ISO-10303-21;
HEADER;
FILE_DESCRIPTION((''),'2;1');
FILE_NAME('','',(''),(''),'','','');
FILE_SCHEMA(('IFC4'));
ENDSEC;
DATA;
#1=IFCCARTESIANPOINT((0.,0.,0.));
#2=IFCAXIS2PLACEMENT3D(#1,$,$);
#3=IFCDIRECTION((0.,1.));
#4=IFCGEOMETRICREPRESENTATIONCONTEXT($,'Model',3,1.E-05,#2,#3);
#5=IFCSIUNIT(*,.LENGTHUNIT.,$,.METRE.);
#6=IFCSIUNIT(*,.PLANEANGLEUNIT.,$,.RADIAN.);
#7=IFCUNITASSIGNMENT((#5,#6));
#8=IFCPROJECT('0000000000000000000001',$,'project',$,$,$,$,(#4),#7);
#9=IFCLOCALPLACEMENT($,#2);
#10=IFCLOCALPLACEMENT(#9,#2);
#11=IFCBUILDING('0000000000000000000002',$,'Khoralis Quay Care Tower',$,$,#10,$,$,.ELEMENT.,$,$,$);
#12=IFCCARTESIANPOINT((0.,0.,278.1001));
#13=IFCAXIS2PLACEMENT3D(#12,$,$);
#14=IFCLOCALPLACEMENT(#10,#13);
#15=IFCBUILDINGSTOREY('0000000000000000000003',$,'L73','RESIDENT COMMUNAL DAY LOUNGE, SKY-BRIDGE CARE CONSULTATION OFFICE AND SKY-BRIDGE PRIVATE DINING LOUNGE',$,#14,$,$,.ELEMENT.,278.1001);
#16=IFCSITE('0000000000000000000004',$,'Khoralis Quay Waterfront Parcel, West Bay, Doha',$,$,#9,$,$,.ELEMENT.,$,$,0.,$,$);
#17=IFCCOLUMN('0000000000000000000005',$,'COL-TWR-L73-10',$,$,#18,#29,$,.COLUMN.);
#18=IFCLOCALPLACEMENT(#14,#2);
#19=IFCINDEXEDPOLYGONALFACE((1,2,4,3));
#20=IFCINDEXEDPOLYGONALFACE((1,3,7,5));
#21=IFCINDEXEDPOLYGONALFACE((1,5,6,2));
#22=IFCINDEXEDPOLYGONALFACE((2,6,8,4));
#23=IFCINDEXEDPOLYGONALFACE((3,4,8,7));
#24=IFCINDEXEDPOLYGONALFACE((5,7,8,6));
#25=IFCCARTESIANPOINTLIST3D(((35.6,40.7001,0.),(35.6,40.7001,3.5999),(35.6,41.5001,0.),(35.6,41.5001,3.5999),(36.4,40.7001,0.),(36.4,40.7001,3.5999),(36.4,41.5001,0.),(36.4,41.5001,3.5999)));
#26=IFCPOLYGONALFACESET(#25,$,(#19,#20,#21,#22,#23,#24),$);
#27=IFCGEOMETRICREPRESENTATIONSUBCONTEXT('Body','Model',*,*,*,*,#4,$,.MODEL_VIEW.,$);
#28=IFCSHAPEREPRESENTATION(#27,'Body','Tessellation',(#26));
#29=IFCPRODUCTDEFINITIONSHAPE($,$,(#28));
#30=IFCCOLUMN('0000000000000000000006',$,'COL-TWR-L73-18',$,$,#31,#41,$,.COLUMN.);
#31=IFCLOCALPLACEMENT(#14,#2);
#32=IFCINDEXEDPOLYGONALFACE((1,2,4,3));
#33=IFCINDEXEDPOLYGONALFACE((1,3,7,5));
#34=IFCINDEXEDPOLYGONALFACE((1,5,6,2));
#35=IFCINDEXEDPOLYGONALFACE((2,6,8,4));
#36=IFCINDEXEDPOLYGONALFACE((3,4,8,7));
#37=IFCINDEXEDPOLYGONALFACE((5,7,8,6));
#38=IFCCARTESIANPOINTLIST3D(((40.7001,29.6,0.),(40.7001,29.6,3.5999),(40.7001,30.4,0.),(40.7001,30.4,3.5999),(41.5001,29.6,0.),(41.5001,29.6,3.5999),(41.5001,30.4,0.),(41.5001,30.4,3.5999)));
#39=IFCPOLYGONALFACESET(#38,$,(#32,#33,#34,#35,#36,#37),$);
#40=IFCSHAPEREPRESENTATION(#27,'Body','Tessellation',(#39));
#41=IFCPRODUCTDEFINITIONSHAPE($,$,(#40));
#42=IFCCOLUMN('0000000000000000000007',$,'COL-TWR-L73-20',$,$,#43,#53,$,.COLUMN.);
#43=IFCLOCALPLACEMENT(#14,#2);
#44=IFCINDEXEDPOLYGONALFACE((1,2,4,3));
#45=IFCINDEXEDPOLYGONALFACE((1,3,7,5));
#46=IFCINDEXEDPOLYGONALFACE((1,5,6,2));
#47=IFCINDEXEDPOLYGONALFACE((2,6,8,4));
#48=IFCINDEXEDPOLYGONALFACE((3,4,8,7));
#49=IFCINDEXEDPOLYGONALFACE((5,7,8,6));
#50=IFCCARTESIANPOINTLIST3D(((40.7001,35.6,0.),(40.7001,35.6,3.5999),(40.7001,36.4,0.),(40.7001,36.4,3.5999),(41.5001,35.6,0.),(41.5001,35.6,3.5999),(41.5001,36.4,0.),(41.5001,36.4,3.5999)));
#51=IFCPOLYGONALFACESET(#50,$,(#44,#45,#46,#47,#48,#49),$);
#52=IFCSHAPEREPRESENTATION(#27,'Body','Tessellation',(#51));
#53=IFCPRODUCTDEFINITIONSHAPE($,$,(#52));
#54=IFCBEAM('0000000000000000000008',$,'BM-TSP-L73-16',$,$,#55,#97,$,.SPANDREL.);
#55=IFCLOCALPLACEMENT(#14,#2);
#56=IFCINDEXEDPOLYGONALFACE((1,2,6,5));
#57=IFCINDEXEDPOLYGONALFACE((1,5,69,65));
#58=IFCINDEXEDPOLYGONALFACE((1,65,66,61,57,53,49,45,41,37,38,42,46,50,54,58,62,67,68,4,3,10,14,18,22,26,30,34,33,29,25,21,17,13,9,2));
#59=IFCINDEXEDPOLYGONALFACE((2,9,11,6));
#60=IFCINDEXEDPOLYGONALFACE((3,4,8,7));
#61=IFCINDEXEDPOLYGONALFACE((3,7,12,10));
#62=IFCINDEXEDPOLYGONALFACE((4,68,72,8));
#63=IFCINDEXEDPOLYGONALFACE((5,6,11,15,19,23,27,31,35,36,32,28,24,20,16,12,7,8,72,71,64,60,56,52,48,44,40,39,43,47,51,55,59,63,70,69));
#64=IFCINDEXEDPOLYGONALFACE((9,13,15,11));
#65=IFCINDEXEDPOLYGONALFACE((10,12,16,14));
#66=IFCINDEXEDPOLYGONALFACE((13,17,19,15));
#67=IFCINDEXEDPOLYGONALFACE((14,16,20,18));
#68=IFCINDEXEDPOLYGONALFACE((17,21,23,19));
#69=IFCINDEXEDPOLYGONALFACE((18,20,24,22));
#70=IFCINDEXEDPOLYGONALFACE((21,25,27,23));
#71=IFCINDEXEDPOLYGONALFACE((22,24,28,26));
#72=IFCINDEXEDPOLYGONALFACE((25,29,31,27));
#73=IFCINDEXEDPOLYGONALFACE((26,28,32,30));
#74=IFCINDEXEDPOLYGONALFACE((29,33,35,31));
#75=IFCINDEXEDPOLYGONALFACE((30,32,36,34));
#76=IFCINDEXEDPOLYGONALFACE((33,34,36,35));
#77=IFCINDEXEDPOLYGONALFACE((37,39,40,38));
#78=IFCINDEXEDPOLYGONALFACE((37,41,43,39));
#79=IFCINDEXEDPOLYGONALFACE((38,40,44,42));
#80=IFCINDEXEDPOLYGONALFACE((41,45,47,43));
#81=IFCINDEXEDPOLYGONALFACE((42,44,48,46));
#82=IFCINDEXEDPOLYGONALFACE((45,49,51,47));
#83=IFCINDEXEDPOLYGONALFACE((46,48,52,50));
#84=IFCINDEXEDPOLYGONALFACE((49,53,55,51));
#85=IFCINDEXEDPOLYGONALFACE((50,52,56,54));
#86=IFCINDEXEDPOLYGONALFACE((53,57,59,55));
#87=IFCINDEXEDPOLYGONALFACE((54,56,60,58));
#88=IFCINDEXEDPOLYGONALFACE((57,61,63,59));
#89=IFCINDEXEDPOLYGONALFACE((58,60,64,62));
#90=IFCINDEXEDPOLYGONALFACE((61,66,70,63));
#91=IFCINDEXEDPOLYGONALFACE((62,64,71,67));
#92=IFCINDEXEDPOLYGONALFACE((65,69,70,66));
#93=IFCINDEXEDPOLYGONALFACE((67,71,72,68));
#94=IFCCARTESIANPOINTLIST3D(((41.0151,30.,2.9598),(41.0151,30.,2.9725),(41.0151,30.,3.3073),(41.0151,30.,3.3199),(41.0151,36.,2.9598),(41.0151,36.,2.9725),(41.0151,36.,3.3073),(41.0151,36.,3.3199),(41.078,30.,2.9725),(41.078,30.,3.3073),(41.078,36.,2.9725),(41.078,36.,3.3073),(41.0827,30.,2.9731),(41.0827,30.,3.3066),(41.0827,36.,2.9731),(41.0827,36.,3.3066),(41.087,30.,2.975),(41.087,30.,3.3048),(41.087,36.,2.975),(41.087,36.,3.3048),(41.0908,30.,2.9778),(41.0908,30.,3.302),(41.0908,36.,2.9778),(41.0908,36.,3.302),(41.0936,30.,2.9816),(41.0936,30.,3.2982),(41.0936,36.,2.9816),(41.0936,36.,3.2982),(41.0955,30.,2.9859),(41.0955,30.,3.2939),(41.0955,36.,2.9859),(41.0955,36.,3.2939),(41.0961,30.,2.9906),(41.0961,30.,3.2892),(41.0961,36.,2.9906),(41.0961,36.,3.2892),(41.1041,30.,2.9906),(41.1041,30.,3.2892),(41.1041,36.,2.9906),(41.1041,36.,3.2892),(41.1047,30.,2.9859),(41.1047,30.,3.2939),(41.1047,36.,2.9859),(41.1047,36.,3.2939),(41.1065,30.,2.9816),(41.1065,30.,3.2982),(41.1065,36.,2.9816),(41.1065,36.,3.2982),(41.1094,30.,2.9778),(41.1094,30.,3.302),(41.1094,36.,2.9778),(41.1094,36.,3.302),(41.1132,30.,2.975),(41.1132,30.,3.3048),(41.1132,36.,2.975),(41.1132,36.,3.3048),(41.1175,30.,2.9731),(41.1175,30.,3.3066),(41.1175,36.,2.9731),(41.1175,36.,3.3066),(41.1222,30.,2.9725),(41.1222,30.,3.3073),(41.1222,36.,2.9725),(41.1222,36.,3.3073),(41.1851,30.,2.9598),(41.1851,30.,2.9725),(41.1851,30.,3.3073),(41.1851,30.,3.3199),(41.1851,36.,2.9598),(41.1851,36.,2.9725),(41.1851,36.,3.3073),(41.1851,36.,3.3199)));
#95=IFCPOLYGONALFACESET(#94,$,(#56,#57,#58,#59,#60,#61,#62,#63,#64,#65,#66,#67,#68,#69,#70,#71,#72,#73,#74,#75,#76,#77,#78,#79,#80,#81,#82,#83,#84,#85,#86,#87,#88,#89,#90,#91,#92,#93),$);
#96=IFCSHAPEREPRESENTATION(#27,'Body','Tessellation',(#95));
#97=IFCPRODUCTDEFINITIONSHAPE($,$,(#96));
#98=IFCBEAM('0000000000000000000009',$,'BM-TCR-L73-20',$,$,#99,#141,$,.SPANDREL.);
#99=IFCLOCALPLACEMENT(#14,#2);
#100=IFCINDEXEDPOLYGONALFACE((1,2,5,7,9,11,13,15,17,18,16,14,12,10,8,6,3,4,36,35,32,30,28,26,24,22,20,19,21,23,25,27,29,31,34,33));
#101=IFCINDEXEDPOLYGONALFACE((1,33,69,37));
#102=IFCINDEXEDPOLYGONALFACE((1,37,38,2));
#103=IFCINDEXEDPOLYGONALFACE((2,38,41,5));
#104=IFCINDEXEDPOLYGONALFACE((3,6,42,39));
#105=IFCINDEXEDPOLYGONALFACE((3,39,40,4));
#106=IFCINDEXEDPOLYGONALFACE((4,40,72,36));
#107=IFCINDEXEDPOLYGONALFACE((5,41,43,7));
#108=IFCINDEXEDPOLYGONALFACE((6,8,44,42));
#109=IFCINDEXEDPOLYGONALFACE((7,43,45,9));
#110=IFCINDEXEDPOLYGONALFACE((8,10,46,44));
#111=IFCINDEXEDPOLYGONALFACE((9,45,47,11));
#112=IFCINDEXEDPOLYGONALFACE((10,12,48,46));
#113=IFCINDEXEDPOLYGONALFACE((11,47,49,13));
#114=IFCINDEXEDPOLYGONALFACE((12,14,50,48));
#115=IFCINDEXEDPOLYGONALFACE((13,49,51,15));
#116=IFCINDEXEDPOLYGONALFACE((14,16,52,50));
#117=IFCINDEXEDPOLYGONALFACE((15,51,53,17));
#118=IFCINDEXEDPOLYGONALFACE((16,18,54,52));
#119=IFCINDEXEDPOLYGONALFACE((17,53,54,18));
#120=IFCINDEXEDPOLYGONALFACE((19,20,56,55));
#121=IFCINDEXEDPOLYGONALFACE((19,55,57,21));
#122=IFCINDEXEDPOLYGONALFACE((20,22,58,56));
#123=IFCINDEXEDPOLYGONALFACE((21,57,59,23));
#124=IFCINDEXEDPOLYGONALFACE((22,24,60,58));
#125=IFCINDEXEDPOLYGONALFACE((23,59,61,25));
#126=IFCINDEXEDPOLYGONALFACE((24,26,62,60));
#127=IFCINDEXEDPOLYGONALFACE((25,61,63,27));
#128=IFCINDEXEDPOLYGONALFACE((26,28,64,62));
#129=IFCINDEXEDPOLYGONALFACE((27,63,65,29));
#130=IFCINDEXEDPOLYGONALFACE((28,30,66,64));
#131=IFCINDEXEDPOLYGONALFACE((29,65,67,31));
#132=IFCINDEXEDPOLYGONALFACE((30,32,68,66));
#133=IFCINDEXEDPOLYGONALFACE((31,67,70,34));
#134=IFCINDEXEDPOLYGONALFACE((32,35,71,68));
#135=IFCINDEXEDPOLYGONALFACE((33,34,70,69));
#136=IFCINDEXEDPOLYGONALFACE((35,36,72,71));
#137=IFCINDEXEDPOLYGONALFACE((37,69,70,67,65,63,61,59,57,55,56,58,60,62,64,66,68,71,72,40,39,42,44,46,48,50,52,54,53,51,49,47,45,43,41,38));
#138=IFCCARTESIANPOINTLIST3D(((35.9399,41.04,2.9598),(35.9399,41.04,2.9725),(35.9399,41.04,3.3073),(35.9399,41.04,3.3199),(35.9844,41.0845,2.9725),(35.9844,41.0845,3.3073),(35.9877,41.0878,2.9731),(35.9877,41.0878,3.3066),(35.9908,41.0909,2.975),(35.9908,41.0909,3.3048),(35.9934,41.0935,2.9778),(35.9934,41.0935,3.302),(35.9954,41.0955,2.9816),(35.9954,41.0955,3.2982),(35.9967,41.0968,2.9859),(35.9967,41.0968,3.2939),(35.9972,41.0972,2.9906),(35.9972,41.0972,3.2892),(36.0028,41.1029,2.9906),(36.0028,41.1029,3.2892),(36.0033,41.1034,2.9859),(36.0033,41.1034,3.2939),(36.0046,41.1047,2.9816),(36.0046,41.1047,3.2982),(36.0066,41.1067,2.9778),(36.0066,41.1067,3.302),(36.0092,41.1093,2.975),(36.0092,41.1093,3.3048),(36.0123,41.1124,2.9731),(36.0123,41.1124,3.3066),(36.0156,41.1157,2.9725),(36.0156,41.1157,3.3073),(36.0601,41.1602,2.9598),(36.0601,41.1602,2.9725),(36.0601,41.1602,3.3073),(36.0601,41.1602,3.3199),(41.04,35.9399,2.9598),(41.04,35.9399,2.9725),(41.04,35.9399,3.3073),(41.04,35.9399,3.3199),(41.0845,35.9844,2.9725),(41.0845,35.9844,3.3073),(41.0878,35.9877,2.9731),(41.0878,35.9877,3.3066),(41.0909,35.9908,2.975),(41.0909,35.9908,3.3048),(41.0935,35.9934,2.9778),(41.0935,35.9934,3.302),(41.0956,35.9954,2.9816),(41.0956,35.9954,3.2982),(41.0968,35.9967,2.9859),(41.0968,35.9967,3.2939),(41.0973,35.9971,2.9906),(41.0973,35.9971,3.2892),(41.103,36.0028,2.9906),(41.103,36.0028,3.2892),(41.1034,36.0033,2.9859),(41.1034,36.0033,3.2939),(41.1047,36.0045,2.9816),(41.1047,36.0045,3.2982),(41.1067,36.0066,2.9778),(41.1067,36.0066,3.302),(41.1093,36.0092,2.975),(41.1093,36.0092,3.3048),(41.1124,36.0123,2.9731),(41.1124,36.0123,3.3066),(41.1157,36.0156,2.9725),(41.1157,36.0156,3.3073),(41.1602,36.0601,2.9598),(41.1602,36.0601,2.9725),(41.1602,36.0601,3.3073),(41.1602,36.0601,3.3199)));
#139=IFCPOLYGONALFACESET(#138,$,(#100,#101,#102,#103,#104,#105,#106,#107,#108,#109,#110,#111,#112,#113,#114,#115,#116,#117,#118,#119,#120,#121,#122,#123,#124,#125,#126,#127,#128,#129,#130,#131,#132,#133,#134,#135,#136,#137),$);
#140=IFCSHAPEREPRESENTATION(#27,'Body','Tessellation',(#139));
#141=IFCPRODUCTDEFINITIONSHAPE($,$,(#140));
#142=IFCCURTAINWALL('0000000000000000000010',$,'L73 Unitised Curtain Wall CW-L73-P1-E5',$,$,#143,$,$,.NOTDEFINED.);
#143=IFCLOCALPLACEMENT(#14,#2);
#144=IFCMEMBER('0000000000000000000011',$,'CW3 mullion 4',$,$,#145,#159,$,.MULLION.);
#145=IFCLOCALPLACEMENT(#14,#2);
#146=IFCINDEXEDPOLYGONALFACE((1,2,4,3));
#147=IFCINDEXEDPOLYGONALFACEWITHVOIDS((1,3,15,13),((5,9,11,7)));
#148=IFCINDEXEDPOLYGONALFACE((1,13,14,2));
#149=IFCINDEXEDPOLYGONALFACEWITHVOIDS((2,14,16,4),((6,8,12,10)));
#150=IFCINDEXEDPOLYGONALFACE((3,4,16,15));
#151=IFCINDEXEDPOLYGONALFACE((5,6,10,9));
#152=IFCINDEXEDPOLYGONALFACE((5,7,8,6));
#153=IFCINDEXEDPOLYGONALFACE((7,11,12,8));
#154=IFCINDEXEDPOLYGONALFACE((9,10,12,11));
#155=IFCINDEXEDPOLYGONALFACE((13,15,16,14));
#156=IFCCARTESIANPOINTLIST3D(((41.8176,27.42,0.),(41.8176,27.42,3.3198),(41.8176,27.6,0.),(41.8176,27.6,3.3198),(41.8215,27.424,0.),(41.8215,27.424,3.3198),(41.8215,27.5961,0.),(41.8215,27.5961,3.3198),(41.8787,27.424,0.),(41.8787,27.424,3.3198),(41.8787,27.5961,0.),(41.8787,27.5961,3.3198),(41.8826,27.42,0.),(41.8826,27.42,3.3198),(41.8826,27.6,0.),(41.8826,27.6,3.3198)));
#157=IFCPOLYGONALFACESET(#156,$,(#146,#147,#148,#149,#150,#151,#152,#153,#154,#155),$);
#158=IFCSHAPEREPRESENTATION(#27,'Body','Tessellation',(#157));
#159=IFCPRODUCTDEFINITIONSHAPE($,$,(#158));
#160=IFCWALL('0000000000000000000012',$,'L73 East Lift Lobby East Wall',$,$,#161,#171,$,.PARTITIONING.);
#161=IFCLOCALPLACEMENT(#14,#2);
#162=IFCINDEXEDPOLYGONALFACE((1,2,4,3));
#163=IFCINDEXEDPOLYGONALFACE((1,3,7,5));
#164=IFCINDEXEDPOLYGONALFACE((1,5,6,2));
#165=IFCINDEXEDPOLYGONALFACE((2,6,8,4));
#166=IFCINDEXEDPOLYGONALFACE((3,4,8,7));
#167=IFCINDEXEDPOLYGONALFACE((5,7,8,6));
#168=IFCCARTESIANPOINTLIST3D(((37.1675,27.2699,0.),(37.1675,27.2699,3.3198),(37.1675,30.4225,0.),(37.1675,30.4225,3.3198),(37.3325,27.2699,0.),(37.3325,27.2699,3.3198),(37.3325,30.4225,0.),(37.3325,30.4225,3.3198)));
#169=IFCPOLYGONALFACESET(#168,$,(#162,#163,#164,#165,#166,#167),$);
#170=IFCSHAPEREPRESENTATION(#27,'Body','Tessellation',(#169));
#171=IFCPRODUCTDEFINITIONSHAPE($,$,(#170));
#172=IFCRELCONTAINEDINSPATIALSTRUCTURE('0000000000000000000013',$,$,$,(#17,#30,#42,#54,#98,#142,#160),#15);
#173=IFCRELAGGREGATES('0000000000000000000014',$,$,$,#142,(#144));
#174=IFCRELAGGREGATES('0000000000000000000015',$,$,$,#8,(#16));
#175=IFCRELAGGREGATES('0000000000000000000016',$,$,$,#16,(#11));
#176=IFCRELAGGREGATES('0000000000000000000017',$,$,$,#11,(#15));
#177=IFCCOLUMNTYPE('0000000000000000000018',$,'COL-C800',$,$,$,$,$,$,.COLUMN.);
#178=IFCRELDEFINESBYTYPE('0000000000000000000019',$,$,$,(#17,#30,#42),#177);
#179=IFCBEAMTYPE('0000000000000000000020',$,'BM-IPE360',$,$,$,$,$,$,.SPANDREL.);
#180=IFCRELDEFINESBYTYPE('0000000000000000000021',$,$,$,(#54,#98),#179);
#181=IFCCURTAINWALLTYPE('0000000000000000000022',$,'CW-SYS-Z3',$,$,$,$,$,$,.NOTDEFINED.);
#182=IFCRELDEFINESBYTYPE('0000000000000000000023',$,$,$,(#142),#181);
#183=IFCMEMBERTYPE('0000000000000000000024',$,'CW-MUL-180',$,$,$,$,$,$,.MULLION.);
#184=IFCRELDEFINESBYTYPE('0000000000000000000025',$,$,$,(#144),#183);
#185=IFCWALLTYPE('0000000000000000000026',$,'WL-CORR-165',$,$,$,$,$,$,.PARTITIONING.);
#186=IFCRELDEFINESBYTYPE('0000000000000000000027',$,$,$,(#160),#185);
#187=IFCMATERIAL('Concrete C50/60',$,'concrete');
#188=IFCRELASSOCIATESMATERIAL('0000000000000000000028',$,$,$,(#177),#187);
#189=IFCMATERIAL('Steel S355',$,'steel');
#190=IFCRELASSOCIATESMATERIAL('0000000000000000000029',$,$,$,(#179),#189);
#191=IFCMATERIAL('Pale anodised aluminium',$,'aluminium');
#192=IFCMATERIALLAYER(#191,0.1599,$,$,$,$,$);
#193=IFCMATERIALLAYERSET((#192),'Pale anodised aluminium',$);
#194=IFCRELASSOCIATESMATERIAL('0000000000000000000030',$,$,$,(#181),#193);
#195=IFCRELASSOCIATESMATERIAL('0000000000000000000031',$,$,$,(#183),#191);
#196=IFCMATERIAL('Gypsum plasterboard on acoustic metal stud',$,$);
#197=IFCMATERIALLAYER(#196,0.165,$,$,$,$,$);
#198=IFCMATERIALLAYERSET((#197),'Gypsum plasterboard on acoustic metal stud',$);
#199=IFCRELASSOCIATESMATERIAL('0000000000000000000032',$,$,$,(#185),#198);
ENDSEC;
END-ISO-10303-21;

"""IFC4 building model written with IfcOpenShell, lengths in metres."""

from ifc_helpers import new_model, si_unit, direction, frame, frame_2d, origin, origin_2d, place, context, subcontext, project, spatial, rectangle, hollow_rectangle, i_section, extrude, source, transform, mapped, material, layer, layer_set, material_profile, profile_set, type_object, element, aggregate, save


model = new_model("IFC4")

# Units and contexts
model_context = context("Model", 3, precision=1e-05, world=origin(), true_north=direction((0.0, 1.0)))
body_context = subcontext(model_context, "Body", "Model", "MODEL_VIEW")
ifc_project = project(units=[si_unit("LENGTHUNIT", "METRE"), si_unit("PLANEANGLEUNIT", "RADIAN")], contexts=[model_context])

# Site, building, storey
site_placement = place(None, origin())
site = spatial("IfcSite", under=ifc_project, at=site_placement, Name="Khoralis Quay Waterfront Parcel, West Bay, Doha", CompositionType="ELEMENT", RefElevation=0.0)
building_placement = place(site_placement, origin())
building = spatial("IfcBuilding", under=site, at=building_placement, Name="Khoralis Quay Care Tower", CompositionType="ELEMENT")
storey_placement = place(building_placement, frame((0.0, 0.0, 278.1001)))
storey = spatial("IfcBuildingStorey", under=building, at=storey_placement, Name="L73", Description="RESIDENT COMMUNAL DAY LOUNGE, SKY-BRIDGE CARE CONSULTATION OFFICE AND SKY-BRIDGE PRIVATE DINING LOUNGE", CompositionType="ELEMENT", Elevation=278.1001)

# Columns
ifc_material_1 = material(Name="Concrete C50/60", Category="concrete")
ifc_material_profile_1 = material_profile(ifc_material_1, rectangle(XDim=0.8, YDim=0.8, at=origin_2d()), Name="Concrete C50/60")
ifc_profile_set_1 = profile_set([ifc_material_profile_1], Name="Concrete C50/60")
column_type = type_object("IfcColumnType", Name="COL-C800", PredefinedType="COLUMN", material=ifc_profile_set_1)
shared_shape_1 = source(origin(), body_context, "Body", "SweptSolid", [
    extrude(rectangle(XDim=0.8, YDim=0.8, at=origin_2d()), origin(), (0.0, 0.0, 1.0), 3.5999),
])
for number, where, z_axis, x_axis, name in (
    (1, (36.0, 41.1001, 0.0), (0.0, 0.0, 1.0), (1.0, 0.0, 0.0), "COL-TWR-L73-10"),
    (2, (41.1001, 30.0, 0.0), (0.0, 0.0, 1.0), (1.0, 0.0, 0.0), "COL-TWR-L73-18"),
    (3, (41.1001, 36.0, 0.0), (0.0, 0.0, 1.0), (1.0, 0.0, 0.0), "COL-TWR-L73-20"),
):
    element("IfcColumn", number, at=place(storey_placement, frame(where, z_axis=z_axis, x_axis=x_axis)), inside=storey, type_object=column_type, Name=name, PredefinedType="COLUMN", context=body_context, shape_type="MappedRepresentation", body=[
        mapped(shared_shape_1, transform((0.0, 0.0, 0.0), scale=1.0)),
    ])

# Beams
ifc_material_2 = material(Name="Steel S355", Category="steel")
ifc_material_profile_2 = material_profile(ifc_material_2, i_section(OverallWidth=0.1699, OverallDepth=0.3601, WebThickness=0.0081, FlangeThickness=0.0127, FilletRadius=0.0181, at=origin_2d()), Name="Steel S355")
ifc_profile_set_2 = profile_set([ifc_material_profile_2], Name="Steel S355")
beam_type = type_object("IfcBeamType", Name="BM-IPE360", PredefinedType="SPANDREL", material=ifc_profile_set_2)
shared_shape_2 = source(origin(), body_context, "Body", "SweptSolid", [
    extrude(i_section(OverallWidth=0.1699, OverallDepth=0.3601, WebThickness=0.0081, FlangeThickness=0.0127, FilletRadius=0.0181, at=origin_2d()), origin(), (0.0, 0.0, 1.0), 6.0),
])
beam_1_placement = place(storey_placement, frame((41.1001, 30.0, 3.1399), z_axis=(0.0, 1.0, 0.0), x_axis=(-1.0, 0.0, 0.0)))
element("IfcBeam", 4, at=beam_1_placement, inside=storey, type_object=beam_type, Name="BM-TSP-L73-16", PredefinedType="SPANDREL", context=body_context, shape_type="MappedRepresentation", body=[
    mapped(shared_shape_2, transform((0.0, 0.0, 0.0), scale=1.0)),
])
shared_shape_3 = source(origin(), body_context, "Body", "SweptSolid", [
    extrude(i_section(OverallWidth=0.1699, OverallDepth=0.3601, WebThickness=0.0081, FlangeThickness=0.0127, FilletRadius=0.0181, at=origin_2d()), origin(), (0.0, 0.0, 1.0), 7.2126),
])
beam_2_placement = place(storey_placement, frame((36.0, 41.1001, 3.1399), z_axis=(0.707107, -0.707107, 0.0), x_axis=(0.707107, 0.707107, 0.0)))
element("IfcBeam", 5, at=beam_2_placement, inside=storey, type_object=beam_type, Name="BM-TCR-L73-20", PredefinedType="SPANDREL", context=body_context, shape_type="MappedRepresentation", body=[
    mapped(shared_shape_3, transform((0.0, 0.0, 0.0), scale=1.0)),
])

# Curtain wall, member
ifc_material_3 = material(Name="Pale anodised aluminium", Category="aluminium")
ifc_layer_1 = layer(ifc_material_3, 0.1599)
ifc_layer_set_1 = layer_set([ifc_layer_1], Name="Pale anodised aluminium")
curtain_wall_type = type_object("IfcCurtainWallType", Name="CW-SYS-Z3", PredefinedType="NOTDEFINED", material=ifc_layer_set_1)
curtain_wall_placement = place(storey_placement, origin())
curtain_wall = element("IfcCurtainWall", 6, at=curtain_wall_placement, inside=storey, type_object=curtain_wall_type, Name="L73 Unitised Curtain Wall CW-L73-P1-E5", PredefinedType="NOTDEFINED")
ifc_material_profile_3 = material_profile(ifc_material_3, hollow_rectangle(XDim=0.0649, YDim=0.1799, WallThickness=0.0039, at=origin_2d()), Name="Pale anodised aluminium")
ifc_profile_set_3 = profile_set([ifc_material_profile_3], Name="Pale anodised aluminium")
member_type = type_object("IfcMemberType", Name="CW-MUL-180", PredefinedType="MULLION", material=ifc_profile_set_3)
shared_shape_4 = source(origin(), body_context, "Body", "SweptSolid", [
    extrude(hollow_rectangle(XDim=0.0649, YDim=0.1799, WallThickness=0.0039, at=origin_2d()), origin(), (0.0, 0.0, 1.0), 3.3198),
])
member_placement = place(storey_placement, frame((41.8501, 27.51, 0.0), z_axis=(0.0, 0.0, 1.0), x_axis=(-1.0, 0.0, 0.0)))
member = element("IfcMember", 7, at=member_placement, type_object=member_type, Name="CW3 mullion 4", PredefinedType="MULLION", context=body_context, shape_type="MappedRepresentation", body=[
    mapped(shared_shape_4, transform((0.0, 0.0, 0.0), scale=1.0)),
])
aggregate(curtain_wall, [member])

# Wall
ifc_material_4 = material(Name="Gypsum plasterboard on acoustic metal stud")
ifc_layer_2 = layer(ifc_material_4, 0.165)
ifc_layer_set_2 = layer_set([ifc_layer_2], Name="Gypsum plasterboard on acoustic metal stud")
wall_type_1 = type_object("IfcWallType", Name="WL-CORR-165", PredefinedType="PARTITIONING", material=ifc_layer_set_2)
wall_1_placement = place(storey_placement, frame((37.25, 27.27, 0.0), z_axis=(0.0, 0.0, 1.0), x_axis=(0.0, 1.0, 0.0)))
element("IfcWall", 8, at=wall_1_placement, inside=storey, type_object=wall_type_1, Name="L73 East Lift Lobby East Wall", PredefinedType="PARTITIONING", context=body_context, shape_type="SweptSolid", body=[
    extrude(rectangle(XDim=3.1526, YDim=0.165, at=frame_2d((1.5762, 0.0))), origin(), (0.0, 0.0, 1.0), 3.3198),
])

save(model, "model.ifc")
